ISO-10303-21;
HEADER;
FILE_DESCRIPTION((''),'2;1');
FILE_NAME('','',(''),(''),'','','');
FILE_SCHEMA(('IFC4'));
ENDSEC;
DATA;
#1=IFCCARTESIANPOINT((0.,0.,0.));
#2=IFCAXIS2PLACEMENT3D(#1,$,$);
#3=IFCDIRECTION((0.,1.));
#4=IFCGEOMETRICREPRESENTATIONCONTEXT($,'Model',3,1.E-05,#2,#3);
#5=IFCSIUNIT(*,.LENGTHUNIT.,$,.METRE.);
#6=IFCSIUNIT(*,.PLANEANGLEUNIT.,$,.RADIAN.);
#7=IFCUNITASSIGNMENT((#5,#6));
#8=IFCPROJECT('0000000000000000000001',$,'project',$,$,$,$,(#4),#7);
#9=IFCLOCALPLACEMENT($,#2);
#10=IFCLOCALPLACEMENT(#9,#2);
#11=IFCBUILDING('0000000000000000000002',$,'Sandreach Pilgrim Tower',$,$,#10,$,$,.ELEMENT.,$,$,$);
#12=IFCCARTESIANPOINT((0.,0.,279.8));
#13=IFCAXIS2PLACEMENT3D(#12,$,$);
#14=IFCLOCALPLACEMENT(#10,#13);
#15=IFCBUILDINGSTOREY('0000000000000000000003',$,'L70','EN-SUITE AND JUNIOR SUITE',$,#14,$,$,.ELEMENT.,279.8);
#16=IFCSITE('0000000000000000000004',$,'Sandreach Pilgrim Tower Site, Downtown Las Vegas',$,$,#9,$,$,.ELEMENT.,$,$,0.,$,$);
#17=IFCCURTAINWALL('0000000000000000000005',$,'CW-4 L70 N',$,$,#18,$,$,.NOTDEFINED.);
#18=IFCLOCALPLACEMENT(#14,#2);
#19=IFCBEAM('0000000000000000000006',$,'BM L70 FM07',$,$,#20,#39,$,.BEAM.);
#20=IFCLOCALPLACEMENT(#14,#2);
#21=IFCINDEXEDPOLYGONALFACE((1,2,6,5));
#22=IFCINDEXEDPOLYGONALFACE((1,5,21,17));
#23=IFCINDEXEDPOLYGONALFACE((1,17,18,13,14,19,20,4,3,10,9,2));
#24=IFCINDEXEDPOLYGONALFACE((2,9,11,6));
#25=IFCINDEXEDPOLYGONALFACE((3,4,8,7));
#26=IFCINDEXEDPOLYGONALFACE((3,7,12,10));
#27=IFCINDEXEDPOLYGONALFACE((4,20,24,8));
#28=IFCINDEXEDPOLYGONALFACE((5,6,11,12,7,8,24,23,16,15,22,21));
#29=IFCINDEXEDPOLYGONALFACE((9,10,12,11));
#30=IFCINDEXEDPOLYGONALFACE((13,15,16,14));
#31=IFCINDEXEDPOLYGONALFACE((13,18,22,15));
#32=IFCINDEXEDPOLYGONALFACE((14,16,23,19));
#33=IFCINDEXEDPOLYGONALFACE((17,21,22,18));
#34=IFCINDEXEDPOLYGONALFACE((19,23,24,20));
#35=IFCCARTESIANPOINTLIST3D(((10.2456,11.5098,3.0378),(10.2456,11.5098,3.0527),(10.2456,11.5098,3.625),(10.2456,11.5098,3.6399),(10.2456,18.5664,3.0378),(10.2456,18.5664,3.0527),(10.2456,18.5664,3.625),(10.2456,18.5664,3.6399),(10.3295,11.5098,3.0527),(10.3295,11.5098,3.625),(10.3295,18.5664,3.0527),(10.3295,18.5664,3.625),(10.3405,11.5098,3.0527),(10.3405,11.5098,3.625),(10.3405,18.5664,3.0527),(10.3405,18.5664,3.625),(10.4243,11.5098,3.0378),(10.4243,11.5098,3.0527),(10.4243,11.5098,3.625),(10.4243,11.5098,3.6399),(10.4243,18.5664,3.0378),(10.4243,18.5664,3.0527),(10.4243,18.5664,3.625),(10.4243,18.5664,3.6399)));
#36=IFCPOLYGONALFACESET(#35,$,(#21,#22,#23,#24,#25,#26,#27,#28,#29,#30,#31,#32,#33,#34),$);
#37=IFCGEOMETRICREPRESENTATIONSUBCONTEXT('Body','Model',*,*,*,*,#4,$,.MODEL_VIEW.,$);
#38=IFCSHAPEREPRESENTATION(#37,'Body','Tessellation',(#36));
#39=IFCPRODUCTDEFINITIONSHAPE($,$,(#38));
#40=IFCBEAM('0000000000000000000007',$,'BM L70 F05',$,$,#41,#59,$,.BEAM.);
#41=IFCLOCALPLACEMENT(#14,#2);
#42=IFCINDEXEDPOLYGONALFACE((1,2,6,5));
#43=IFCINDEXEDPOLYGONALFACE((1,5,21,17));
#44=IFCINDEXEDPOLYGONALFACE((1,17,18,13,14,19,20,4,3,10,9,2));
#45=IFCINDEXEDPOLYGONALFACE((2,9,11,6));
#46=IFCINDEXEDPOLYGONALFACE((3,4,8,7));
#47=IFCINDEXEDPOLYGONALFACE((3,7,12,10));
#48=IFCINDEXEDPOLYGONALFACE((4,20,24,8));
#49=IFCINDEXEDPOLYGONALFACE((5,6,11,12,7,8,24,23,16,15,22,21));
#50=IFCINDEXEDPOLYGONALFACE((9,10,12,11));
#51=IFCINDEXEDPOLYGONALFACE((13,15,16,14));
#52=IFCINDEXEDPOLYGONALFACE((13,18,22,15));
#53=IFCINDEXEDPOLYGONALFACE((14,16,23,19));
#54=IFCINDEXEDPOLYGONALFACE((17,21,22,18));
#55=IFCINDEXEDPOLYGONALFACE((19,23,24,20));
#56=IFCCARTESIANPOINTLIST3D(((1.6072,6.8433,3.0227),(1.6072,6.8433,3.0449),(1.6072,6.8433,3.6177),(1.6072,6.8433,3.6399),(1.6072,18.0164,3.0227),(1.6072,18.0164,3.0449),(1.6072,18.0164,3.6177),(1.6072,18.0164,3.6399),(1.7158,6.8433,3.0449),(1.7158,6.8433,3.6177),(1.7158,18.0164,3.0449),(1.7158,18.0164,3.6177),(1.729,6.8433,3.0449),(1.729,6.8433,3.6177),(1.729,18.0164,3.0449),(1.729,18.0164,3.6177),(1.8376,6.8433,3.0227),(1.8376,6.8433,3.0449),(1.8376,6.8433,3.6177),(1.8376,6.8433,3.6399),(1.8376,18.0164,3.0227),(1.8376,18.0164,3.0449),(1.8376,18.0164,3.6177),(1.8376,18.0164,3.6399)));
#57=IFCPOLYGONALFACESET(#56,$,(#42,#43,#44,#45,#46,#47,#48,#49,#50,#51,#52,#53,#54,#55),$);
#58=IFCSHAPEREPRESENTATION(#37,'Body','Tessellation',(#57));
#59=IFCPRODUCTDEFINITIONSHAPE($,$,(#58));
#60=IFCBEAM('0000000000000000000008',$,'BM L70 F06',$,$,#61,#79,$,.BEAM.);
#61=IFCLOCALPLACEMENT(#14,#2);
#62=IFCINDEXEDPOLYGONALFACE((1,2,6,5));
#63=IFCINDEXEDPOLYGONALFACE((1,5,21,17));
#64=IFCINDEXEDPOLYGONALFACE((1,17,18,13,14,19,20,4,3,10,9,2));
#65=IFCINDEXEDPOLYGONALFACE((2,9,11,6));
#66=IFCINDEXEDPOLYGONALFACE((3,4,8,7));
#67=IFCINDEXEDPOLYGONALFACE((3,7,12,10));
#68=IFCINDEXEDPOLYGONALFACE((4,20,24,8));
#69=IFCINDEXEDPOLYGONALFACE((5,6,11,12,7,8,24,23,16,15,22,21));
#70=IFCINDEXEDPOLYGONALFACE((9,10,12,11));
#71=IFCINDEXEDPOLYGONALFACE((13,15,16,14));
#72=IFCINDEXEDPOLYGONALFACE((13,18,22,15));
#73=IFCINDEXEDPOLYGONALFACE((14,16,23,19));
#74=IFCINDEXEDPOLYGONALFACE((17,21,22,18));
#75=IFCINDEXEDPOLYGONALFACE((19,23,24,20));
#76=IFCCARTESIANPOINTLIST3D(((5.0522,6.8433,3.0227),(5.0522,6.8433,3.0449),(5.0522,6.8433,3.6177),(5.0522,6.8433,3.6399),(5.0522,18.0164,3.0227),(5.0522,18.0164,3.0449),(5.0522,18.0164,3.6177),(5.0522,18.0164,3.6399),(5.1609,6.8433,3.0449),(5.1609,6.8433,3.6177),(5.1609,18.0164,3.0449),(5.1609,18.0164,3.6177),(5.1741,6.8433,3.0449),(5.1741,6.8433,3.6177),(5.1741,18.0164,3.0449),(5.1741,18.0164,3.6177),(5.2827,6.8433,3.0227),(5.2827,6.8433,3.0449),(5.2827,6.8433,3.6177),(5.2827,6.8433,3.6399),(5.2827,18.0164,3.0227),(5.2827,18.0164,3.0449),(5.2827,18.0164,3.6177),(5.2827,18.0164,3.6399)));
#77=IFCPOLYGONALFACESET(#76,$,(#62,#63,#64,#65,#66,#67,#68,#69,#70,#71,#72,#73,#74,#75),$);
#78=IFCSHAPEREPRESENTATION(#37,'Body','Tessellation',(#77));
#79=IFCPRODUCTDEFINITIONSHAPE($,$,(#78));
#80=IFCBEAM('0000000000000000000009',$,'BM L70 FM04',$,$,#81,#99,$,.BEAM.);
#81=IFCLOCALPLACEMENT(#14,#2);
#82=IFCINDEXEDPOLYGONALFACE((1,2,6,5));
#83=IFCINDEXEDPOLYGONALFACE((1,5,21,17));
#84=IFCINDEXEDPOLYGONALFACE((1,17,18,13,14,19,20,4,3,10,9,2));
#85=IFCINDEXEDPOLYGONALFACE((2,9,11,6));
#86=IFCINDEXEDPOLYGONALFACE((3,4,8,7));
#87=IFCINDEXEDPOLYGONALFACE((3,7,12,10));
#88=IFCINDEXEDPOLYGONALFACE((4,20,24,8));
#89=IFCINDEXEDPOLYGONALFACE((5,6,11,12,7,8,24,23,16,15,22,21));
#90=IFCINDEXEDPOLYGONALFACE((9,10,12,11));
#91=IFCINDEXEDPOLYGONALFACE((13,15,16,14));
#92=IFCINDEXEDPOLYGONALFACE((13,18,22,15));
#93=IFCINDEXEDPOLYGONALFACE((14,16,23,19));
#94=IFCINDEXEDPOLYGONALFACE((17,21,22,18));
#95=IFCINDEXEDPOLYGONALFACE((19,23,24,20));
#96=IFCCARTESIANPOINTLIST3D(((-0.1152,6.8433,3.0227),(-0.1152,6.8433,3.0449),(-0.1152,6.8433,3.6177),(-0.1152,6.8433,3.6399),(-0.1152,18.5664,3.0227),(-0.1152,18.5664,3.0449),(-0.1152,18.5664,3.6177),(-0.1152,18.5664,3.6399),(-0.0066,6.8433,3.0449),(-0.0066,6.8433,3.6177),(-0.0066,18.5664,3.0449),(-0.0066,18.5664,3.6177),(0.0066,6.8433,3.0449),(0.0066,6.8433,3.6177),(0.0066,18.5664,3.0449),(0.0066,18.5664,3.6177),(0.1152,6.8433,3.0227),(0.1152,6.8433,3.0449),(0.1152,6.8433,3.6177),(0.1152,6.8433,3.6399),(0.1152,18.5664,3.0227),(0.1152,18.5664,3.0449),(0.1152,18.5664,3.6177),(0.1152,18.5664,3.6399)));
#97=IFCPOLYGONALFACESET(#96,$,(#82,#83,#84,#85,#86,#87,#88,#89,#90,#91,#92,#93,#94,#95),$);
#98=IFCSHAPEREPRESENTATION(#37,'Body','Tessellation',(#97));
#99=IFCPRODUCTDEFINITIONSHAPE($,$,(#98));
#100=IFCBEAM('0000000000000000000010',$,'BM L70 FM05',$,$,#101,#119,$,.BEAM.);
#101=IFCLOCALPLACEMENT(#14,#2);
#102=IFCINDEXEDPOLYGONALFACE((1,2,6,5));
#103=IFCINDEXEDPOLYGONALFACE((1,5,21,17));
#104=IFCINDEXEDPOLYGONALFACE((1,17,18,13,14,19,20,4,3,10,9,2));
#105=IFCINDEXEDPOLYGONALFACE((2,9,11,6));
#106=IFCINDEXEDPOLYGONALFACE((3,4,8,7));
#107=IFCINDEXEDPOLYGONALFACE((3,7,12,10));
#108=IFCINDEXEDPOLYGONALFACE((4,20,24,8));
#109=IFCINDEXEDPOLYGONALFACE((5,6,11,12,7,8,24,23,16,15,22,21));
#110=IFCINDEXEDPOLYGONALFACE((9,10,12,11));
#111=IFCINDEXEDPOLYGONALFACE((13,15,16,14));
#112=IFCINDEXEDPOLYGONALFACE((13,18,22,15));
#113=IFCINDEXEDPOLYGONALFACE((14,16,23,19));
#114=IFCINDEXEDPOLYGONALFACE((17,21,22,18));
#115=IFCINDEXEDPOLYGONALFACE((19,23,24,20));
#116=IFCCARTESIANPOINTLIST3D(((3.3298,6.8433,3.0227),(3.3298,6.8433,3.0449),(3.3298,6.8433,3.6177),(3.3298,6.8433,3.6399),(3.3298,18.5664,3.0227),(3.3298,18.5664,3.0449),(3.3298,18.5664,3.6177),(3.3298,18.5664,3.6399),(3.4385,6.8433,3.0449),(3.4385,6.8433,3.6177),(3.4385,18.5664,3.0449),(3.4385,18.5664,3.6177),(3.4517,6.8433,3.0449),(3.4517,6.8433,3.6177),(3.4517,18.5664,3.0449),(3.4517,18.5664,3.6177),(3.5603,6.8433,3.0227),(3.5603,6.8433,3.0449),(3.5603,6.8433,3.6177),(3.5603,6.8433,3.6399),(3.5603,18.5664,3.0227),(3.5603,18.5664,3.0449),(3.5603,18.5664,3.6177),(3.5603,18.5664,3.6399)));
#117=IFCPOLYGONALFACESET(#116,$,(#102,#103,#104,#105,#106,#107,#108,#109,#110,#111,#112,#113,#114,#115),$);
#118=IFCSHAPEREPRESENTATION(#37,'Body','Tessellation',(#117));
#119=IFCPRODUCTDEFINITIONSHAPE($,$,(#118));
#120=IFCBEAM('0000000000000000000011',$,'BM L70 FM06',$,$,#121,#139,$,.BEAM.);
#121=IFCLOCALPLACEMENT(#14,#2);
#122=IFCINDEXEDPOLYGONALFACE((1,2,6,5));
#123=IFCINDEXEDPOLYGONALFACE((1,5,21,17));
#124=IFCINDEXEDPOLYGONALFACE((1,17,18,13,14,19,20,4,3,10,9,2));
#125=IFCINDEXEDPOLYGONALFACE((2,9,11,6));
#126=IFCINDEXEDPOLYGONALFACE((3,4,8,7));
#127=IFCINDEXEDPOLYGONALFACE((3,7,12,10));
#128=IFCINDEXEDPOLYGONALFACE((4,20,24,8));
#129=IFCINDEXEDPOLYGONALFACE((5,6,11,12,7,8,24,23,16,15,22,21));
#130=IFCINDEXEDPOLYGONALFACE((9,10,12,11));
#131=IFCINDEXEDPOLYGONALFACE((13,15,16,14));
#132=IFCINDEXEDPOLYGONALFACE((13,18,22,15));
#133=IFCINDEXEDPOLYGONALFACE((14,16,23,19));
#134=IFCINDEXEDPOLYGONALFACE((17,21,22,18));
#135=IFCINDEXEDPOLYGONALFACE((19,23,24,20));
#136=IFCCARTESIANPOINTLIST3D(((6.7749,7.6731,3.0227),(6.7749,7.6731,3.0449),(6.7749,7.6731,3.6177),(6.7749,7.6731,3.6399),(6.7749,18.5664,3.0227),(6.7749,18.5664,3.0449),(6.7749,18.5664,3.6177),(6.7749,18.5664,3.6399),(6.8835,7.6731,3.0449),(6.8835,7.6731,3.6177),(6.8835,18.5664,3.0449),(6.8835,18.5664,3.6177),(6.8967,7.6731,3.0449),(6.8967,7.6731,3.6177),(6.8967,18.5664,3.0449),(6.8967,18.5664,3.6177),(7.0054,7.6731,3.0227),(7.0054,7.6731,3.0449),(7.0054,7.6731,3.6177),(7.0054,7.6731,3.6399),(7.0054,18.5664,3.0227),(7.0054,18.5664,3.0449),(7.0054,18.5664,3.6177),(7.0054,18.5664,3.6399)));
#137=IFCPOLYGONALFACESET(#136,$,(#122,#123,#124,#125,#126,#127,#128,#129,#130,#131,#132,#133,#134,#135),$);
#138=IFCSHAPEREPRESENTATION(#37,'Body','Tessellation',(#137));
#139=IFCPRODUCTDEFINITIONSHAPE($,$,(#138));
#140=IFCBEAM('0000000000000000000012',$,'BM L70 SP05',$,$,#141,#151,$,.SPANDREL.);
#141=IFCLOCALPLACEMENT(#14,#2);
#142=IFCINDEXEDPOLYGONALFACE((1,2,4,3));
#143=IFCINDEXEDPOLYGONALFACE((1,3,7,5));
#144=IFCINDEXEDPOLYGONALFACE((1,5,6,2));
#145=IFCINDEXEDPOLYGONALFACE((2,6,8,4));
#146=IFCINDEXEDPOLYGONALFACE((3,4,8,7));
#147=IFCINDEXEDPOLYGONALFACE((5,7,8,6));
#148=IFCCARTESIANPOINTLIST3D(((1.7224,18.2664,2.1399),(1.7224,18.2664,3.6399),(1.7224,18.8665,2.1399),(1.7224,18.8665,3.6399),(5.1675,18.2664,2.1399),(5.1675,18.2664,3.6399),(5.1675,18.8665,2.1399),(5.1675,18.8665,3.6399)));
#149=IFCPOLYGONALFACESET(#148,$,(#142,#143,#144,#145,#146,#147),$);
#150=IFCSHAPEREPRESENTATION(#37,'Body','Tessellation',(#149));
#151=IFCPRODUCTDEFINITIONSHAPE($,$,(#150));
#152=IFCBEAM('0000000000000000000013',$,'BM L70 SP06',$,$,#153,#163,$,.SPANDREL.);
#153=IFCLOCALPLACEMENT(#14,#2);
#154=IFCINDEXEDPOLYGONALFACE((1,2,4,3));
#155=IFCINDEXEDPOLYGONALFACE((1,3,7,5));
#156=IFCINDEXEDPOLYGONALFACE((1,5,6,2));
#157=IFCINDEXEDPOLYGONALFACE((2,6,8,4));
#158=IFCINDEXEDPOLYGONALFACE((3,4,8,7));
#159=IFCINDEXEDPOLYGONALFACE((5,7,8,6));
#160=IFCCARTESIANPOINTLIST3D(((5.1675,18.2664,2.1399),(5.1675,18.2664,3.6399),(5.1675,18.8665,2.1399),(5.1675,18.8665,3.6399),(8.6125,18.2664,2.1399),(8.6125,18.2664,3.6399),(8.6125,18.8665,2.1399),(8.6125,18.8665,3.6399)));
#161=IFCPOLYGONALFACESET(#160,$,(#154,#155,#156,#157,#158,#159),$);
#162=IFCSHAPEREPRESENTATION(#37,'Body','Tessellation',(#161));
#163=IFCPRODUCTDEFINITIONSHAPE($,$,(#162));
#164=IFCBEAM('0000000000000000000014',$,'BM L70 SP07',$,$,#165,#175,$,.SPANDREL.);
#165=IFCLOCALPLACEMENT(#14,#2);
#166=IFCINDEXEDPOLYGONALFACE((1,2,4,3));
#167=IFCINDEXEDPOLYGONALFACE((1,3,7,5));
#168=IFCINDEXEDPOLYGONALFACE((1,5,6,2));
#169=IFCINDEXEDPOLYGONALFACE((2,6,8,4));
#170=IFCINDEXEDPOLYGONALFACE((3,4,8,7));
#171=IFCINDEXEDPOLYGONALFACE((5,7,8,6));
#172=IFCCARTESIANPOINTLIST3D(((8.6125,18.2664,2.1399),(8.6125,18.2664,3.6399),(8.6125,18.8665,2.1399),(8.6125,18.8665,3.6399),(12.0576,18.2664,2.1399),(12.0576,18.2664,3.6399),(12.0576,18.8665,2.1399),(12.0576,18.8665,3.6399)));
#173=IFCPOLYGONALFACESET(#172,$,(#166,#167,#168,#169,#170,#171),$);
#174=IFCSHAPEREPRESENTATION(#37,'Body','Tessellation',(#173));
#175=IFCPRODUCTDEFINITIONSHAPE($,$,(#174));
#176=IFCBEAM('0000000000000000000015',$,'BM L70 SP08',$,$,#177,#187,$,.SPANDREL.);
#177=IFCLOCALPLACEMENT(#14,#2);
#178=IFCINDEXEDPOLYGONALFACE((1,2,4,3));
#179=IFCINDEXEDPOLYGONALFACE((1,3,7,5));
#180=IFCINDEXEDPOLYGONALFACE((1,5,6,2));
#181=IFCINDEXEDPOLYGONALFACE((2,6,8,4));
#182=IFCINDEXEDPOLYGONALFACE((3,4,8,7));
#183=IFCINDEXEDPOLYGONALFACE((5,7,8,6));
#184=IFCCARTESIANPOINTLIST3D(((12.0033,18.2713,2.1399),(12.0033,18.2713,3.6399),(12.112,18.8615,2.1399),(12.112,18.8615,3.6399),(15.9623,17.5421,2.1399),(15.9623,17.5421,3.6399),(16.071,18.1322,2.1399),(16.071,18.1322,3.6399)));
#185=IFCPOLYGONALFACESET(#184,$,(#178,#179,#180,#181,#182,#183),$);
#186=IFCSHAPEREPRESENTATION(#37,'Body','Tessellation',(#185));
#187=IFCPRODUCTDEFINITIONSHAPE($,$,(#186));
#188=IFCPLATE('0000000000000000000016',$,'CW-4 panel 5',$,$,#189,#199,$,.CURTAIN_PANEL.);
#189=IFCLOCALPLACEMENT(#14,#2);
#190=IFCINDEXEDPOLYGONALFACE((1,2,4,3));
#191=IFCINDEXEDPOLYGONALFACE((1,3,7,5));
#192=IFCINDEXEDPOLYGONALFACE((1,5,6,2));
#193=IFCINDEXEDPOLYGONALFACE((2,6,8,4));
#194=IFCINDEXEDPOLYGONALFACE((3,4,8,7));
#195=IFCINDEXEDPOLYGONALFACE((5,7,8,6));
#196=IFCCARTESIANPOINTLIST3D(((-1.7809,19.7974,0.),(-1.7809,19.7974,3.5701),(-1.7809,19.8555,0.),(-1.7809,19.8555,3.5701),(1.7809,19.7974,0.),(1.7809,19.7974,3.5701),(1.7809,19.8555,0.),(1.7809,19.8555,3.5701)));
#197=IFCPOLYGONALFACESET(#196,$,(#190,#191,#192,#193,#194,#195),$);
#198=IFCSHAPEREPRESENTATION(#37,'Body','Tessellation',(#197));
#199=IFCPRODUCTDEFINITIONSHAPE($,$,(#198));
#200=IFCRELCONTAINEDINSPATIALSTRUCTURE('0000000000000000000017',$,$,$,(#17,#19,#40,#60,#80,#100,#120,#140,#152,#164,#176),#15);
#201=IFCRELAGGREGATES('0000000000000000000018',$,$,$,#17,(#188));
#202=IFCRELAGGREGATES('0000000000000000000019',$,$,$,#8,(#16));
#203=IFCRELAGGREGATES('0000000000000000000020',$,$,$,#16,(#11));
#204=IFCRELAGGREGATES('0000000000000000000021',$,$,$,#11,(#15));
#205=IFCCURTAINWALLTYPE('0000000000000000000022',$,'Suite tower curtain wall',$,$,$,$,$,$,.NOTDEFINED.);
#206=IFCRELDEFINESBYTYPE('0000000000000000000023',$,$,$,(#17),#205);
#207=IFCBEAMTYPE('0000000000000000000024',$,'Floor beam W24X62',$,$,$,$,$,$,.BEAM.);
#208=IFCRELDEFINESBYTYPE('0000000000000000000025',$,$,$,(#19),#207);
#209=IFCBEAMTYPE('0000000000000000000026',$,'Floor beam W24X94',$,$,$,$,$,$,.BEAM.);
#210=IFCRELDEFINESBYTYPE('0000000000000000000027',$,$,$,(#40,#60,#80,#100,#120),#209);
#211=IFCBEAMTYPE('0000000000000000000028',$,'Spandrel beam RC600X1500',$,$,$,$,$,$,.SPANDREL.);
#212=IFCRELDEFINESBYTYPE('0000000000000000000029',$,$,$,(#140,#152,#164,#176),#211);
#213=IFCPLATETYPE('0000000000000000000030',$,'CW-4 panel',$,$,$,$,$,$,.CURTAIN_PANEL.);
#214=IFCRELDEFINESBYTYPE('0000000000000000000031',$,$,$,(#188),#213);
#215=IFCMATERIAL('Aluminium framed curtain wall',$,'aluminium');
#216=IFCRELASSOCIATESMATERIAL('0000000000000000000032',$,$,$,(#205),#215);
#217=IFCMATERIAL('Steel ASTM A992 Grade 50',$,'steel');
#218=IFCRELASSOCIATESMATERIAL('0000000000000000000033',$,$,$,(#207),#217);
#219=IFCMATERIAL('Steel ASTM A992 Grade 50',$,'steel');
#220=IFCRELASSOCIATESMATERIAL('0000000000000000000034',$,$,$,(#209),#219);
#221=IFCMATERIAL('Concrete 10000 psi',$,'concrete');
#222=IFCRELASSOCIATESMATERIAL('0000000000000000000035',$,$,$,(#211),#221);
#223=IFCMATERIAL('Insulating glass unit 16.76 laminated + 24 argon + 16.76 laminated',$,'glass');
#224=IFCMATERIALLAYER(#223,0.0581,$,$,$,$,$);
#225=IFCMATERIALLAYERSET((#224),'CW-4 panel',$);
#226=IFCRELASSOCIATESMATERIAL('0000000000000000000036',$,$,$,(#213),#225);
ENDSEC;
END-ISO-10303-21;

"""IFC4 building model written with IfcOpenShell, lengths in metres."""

from ifc_helpers import new_model, si_unit, direction, frame, origin, origin_2d, place, context, subcontext, project, spatial, rectangle, i_section, extrude, material, layer, layer_set, material_profile, profile_set, type_object, element, aggregate, save


model = new_model("IFC4")

# Units and contexts
model_context = context("Model", 3, precision=1e-05, world=origin(), true_north=direction((0.0, 1.0)))
body_context = subcontext(model_context, "Body", "Model", "MODEL_VIEW")
ifc_project = project(units=[si_unit("LENGTHUNIT", "METRE"), si_unit("PLANEANGLEUNIT", "RADIAN")], contexts=[model_context])

# Site, building, storey
site_placement = place(None, origin())
site = spatial("IfcSite", under=ifc_project, at=site_placement, Name="Sandreach Pilgrim Tower Site, Downtown Las Vegas", CompositionType="ELEMENT", RefElevation=0.0)
building_placement = place(site_placement, origin())
building = spatial("IfcBuilding", under=site, at=building_placement, Name="Sandreach Pilgrim Tower", CompositionType="ELEMENT")
storey_placement = place(building_placement, frame((0.0, 0.0, 279.8)))
storey = spatial("IfcBuildingStorey", under=building, at=storey_placement, Name="L70", Description="EN-SUITE AND JUNIOR SUITE", CompositionType="ELEMENT", Elevation=279.8)

# Curtain wall
ifc_material_1 = material(Name="Aluminium framed curtain wall", Category="aluminium")
curtain_wall_type = type_object("IfcCurtainWallType", Name="Suite tower curtain wall", PredefinedType="NOTDEFINED", material=ifc_material_1)
curtain_wall_placement = place(storey_placement, origin())
curtain_wall = element("IfcCurtainWall", 1, at=curtain_wall_placement, inside=storey, type_object=curtain_wall_type, Name="CW-4 L70 N", PredefinedType="NOTDEFINED")

# Beams
ifc_material_2 = material(Name="Steel ASTM A992 Grade 50", Category="steel")
ifc_material_profile_1 = material_profile(ifc_material_2, i_section(OverallWidth=0.1787, OverallDepth=0.6021, WebThickness=0.011, FlangeThickness=0.0149, at=origin_2d()), Name="W24X62")
ifc_profile_set_1 = profile_set([ifc_material_profile_1], Name="Steel ASTM A992 Grade 50")
beam_type_1 = type_object("IfcBeamType", Name="Floor beam W24X62", PredefinedType="BEAM", material=ifc_profile_set_1)
beam_1_placement = place(storey_placement, frame((10.335, 18.5664, 3.3389), z_axis=(0.0, -1.0, 0.0), x_axis=(1.0, 0.0, 0.0)))
element("IfcBeam", 2, at=beam_1_placement, inside=storey, type_object=beam_type_1, Name="BM L70 FM07", PredefinedType="BEAM", context=body_context, shape_type="SweptSolid", body=[
    extrude(i_section(OverallWidth=0.1787, OverallDepth=0.6021, WebThickness=0.011, FlangeThickness=0.0149, at=origin_2d()), origin(), (0.0, 0.0, 1.0), 7.0566),
])
ifc_material_3 = material(Name="Steel ASTM A992 Grade 50", Category="steel")
ifc_material_profile_2 = material_profile(ifc_material_3, i_section(OverallWidth=0.2305, OverallDepth=0.6172, WebThickness=0.0132, FlangeThickness=0.0222, at=origin_2d()), Name="W24X94")
ifc_profile_set_2 = profile_set([ifc_material_profile_2], Name="Steel ASTM A992 Grade 50")
beam_type_2 = type_object("IfcBeamType", Name="Floor beam W24X94", PredefinedType="BEAM", material=ifc_profile_set_2)
for number, where, z_axis, x_axis, name in (
    (3, (1.7224, 18.0164, 3.3313), (0.0, -1.0, 0.0), (1.0, 0.0, 0.0), "BM L70 F05"),
    (4, (5.1675, 18.0164, 3.3313), (0.0, -1.0, 0.0), (1.0, 0.0, 0.0), "BM L70 F06"),
):
    element("IfcBeam", number, at=place(storey_placement, frame(where, z_axis=z_axis, x_axis=x_axis)), inside=storey, type_object=beam_type_2, Name=name, PredefinedType="BEAM", context=body_context, shape_type="SweptSolid", body=[
        extrude(i_section(OverallWidth=0.2305, OverallDepth=0.6172, WebThickness=0.0132, FlangeThickness=0.0222, at=origin_2d()), origin(), (0.0, 0.0, 1.0), 11.1731),
    ])
for number, where, z_axis, x_axis, name in (
    (5, (0.0, 18.5664, 3.3313), (0.0, -1.0, 0.0), (1.0, 0.0, 0.0), "BM L70 FM04"),
    (6, (3.4451, 18.5664, 3.3313), (0.0, -1.0, 0.0), (1.0, 0.0, 0.0), "BM L70 FM05"),
):
    element("IfcBeam", number, at=place(storey_placement, frame(where, z_axis=z_axis, x_axis=x_axis)), inside=storey, type_object=beam_type_2, Name=name, PredefinedType="BEAM", context=body_context, shape_type="SweptSolid", body=[
        extrude(i_section(OverallWidth=0.2305, OverallDepth=0.6172, WebThickness=0.0132, FlangeThickness=0.0222, at=origin_2d()), origin(), (0.0, 0.0, 1.0), 11.7231),
    ])
beam_2_placement = place(storey_placement, frame((6.8901, 18.5664, 3.3313), z_axis=(0.0, -1.0, 0.0), x_axis=(1.0, 0.0, 0.0)))
element("IfcBeam", 7, at=beam_2_placement, inside=storey, type_object=beam_type_2, Name="BM L70 FM06", PredefinedType="BEAM", context=body_context, shape_type="SweptSolid", body=[
    extrude(i_section(OverallWidth=0.2305, OverallDepth=0.6172, WebThickness=0.0132, FlangeThickness=0.0222, at=origin_2d()), origin(), (0.0, 0.0, 1.0), 10.8933),
])
ifc_material_4 = material(Name="Concrete 10000 psi", Category="concrete")
ifc_material_profile_3 = material_profile(ifc_material_4, rectangle(XDim=0.6001, YDim=1.5, at=origin_2d()), Name="RC600X1500")
ifc_profile_set_3 = profile_set([ifc_material_profile_3], Name="Concrete 10000 psi")
beam_type_3 = type_object("IfcBeamType", Name="Spandrel beam RC600X1500", PredefinedType="SPANDREL", material=ifc_profile_set_3)
for number, where, z_axis, x_axis, name in (
    (8, (1.7224, 18.5664, 2.8899), (1.0, 0.0, 0.0), (0.0, 1.0, 0.0), "BM L70 SP05"),
    (9, (5.1675, 18.5664, 2.8899), (1.0, 0.0, 0.0), (0.0, 1.0, 0.0), "BM L70 SP06"),
    (10, (8.6125, 18.5664, 2.8899), (1.0, 0.0, 0.0), (0.0, 1.0, 0.0), "BM L70 SP07"),
):
    element("IfcBeam", number, at=place(storey_placement, frame(where, z_axis=z_axis, x_axis=x_axis)), inside=storey, type_object=beam_type_3, Name=name, PredefinedType="SPANDREL", context=body_context, shape_type="SweptSolid", body=[
        extrude(rectangle(XDim=0.6001, YDim=1.5, at=origin_2d()), origin(), (0.0, 0.0, 1.0), 3.4451),
    ])
beam_3_placement = place(storey_placement, frame((12.0576, 18.5664, 2.8899), z_axis=(0.983455, -0.181153, 0.0), x_axis=(0.181153, 0.983455, 0.0)))
element("IfcBeam", 11, at=beam_3_placement, inside=storey, type_object=beam_type_3, Name="BM L70 SP08", PredefinedType="SPANDREL", context=body_context, shape_type="SweptSolid", body=[
    extrude(rectangle(XDim=0.6001, YDim=1.5, at=origin_2d()), origin(), (0.0, 0.0, 1.0), 4.0256),
])

# Plate
ifc_material_5 = material(Name="Insulating glass unit 16.76 laminated + 24 argon + 16.76 laminated", Category="glass")
ifc_layer_1 = layer(ifc_material_5, 0.0581)
ifc_layer_set_1 = layer_set([ifc_layer_1], Name="CW-4 panel")
plate_type = type_object("IfcPlateType", Name="CW-4 panel", PredefinedType="CURTAIN_PANEL", material=ifc_layer_set_1)
plate_1_placement = place(storey_placement, frame((0.0, 19.8264, 0.0), z_axis=(0.0, 0.0, 1.0), x_axis=(1.0, 0.0, 0.0)))
plate_1 = element("IfcPlate", 12, at=plate_1_placement, type_object=plate_type, Name="CW-4 panel 5", PredefinedType="CURTAIN_PANEL", context=body_context, shape_type="SweptSolid", body=[
    extrude(rectangle(XDim=3.5618, YDim=0.0581, at=origin_2d()), origin(), (0.0, 0.0, 1.0), 3.5701),
])
aggregate(curtain_wall, [plate_1])

save(model, "model.ifc")
